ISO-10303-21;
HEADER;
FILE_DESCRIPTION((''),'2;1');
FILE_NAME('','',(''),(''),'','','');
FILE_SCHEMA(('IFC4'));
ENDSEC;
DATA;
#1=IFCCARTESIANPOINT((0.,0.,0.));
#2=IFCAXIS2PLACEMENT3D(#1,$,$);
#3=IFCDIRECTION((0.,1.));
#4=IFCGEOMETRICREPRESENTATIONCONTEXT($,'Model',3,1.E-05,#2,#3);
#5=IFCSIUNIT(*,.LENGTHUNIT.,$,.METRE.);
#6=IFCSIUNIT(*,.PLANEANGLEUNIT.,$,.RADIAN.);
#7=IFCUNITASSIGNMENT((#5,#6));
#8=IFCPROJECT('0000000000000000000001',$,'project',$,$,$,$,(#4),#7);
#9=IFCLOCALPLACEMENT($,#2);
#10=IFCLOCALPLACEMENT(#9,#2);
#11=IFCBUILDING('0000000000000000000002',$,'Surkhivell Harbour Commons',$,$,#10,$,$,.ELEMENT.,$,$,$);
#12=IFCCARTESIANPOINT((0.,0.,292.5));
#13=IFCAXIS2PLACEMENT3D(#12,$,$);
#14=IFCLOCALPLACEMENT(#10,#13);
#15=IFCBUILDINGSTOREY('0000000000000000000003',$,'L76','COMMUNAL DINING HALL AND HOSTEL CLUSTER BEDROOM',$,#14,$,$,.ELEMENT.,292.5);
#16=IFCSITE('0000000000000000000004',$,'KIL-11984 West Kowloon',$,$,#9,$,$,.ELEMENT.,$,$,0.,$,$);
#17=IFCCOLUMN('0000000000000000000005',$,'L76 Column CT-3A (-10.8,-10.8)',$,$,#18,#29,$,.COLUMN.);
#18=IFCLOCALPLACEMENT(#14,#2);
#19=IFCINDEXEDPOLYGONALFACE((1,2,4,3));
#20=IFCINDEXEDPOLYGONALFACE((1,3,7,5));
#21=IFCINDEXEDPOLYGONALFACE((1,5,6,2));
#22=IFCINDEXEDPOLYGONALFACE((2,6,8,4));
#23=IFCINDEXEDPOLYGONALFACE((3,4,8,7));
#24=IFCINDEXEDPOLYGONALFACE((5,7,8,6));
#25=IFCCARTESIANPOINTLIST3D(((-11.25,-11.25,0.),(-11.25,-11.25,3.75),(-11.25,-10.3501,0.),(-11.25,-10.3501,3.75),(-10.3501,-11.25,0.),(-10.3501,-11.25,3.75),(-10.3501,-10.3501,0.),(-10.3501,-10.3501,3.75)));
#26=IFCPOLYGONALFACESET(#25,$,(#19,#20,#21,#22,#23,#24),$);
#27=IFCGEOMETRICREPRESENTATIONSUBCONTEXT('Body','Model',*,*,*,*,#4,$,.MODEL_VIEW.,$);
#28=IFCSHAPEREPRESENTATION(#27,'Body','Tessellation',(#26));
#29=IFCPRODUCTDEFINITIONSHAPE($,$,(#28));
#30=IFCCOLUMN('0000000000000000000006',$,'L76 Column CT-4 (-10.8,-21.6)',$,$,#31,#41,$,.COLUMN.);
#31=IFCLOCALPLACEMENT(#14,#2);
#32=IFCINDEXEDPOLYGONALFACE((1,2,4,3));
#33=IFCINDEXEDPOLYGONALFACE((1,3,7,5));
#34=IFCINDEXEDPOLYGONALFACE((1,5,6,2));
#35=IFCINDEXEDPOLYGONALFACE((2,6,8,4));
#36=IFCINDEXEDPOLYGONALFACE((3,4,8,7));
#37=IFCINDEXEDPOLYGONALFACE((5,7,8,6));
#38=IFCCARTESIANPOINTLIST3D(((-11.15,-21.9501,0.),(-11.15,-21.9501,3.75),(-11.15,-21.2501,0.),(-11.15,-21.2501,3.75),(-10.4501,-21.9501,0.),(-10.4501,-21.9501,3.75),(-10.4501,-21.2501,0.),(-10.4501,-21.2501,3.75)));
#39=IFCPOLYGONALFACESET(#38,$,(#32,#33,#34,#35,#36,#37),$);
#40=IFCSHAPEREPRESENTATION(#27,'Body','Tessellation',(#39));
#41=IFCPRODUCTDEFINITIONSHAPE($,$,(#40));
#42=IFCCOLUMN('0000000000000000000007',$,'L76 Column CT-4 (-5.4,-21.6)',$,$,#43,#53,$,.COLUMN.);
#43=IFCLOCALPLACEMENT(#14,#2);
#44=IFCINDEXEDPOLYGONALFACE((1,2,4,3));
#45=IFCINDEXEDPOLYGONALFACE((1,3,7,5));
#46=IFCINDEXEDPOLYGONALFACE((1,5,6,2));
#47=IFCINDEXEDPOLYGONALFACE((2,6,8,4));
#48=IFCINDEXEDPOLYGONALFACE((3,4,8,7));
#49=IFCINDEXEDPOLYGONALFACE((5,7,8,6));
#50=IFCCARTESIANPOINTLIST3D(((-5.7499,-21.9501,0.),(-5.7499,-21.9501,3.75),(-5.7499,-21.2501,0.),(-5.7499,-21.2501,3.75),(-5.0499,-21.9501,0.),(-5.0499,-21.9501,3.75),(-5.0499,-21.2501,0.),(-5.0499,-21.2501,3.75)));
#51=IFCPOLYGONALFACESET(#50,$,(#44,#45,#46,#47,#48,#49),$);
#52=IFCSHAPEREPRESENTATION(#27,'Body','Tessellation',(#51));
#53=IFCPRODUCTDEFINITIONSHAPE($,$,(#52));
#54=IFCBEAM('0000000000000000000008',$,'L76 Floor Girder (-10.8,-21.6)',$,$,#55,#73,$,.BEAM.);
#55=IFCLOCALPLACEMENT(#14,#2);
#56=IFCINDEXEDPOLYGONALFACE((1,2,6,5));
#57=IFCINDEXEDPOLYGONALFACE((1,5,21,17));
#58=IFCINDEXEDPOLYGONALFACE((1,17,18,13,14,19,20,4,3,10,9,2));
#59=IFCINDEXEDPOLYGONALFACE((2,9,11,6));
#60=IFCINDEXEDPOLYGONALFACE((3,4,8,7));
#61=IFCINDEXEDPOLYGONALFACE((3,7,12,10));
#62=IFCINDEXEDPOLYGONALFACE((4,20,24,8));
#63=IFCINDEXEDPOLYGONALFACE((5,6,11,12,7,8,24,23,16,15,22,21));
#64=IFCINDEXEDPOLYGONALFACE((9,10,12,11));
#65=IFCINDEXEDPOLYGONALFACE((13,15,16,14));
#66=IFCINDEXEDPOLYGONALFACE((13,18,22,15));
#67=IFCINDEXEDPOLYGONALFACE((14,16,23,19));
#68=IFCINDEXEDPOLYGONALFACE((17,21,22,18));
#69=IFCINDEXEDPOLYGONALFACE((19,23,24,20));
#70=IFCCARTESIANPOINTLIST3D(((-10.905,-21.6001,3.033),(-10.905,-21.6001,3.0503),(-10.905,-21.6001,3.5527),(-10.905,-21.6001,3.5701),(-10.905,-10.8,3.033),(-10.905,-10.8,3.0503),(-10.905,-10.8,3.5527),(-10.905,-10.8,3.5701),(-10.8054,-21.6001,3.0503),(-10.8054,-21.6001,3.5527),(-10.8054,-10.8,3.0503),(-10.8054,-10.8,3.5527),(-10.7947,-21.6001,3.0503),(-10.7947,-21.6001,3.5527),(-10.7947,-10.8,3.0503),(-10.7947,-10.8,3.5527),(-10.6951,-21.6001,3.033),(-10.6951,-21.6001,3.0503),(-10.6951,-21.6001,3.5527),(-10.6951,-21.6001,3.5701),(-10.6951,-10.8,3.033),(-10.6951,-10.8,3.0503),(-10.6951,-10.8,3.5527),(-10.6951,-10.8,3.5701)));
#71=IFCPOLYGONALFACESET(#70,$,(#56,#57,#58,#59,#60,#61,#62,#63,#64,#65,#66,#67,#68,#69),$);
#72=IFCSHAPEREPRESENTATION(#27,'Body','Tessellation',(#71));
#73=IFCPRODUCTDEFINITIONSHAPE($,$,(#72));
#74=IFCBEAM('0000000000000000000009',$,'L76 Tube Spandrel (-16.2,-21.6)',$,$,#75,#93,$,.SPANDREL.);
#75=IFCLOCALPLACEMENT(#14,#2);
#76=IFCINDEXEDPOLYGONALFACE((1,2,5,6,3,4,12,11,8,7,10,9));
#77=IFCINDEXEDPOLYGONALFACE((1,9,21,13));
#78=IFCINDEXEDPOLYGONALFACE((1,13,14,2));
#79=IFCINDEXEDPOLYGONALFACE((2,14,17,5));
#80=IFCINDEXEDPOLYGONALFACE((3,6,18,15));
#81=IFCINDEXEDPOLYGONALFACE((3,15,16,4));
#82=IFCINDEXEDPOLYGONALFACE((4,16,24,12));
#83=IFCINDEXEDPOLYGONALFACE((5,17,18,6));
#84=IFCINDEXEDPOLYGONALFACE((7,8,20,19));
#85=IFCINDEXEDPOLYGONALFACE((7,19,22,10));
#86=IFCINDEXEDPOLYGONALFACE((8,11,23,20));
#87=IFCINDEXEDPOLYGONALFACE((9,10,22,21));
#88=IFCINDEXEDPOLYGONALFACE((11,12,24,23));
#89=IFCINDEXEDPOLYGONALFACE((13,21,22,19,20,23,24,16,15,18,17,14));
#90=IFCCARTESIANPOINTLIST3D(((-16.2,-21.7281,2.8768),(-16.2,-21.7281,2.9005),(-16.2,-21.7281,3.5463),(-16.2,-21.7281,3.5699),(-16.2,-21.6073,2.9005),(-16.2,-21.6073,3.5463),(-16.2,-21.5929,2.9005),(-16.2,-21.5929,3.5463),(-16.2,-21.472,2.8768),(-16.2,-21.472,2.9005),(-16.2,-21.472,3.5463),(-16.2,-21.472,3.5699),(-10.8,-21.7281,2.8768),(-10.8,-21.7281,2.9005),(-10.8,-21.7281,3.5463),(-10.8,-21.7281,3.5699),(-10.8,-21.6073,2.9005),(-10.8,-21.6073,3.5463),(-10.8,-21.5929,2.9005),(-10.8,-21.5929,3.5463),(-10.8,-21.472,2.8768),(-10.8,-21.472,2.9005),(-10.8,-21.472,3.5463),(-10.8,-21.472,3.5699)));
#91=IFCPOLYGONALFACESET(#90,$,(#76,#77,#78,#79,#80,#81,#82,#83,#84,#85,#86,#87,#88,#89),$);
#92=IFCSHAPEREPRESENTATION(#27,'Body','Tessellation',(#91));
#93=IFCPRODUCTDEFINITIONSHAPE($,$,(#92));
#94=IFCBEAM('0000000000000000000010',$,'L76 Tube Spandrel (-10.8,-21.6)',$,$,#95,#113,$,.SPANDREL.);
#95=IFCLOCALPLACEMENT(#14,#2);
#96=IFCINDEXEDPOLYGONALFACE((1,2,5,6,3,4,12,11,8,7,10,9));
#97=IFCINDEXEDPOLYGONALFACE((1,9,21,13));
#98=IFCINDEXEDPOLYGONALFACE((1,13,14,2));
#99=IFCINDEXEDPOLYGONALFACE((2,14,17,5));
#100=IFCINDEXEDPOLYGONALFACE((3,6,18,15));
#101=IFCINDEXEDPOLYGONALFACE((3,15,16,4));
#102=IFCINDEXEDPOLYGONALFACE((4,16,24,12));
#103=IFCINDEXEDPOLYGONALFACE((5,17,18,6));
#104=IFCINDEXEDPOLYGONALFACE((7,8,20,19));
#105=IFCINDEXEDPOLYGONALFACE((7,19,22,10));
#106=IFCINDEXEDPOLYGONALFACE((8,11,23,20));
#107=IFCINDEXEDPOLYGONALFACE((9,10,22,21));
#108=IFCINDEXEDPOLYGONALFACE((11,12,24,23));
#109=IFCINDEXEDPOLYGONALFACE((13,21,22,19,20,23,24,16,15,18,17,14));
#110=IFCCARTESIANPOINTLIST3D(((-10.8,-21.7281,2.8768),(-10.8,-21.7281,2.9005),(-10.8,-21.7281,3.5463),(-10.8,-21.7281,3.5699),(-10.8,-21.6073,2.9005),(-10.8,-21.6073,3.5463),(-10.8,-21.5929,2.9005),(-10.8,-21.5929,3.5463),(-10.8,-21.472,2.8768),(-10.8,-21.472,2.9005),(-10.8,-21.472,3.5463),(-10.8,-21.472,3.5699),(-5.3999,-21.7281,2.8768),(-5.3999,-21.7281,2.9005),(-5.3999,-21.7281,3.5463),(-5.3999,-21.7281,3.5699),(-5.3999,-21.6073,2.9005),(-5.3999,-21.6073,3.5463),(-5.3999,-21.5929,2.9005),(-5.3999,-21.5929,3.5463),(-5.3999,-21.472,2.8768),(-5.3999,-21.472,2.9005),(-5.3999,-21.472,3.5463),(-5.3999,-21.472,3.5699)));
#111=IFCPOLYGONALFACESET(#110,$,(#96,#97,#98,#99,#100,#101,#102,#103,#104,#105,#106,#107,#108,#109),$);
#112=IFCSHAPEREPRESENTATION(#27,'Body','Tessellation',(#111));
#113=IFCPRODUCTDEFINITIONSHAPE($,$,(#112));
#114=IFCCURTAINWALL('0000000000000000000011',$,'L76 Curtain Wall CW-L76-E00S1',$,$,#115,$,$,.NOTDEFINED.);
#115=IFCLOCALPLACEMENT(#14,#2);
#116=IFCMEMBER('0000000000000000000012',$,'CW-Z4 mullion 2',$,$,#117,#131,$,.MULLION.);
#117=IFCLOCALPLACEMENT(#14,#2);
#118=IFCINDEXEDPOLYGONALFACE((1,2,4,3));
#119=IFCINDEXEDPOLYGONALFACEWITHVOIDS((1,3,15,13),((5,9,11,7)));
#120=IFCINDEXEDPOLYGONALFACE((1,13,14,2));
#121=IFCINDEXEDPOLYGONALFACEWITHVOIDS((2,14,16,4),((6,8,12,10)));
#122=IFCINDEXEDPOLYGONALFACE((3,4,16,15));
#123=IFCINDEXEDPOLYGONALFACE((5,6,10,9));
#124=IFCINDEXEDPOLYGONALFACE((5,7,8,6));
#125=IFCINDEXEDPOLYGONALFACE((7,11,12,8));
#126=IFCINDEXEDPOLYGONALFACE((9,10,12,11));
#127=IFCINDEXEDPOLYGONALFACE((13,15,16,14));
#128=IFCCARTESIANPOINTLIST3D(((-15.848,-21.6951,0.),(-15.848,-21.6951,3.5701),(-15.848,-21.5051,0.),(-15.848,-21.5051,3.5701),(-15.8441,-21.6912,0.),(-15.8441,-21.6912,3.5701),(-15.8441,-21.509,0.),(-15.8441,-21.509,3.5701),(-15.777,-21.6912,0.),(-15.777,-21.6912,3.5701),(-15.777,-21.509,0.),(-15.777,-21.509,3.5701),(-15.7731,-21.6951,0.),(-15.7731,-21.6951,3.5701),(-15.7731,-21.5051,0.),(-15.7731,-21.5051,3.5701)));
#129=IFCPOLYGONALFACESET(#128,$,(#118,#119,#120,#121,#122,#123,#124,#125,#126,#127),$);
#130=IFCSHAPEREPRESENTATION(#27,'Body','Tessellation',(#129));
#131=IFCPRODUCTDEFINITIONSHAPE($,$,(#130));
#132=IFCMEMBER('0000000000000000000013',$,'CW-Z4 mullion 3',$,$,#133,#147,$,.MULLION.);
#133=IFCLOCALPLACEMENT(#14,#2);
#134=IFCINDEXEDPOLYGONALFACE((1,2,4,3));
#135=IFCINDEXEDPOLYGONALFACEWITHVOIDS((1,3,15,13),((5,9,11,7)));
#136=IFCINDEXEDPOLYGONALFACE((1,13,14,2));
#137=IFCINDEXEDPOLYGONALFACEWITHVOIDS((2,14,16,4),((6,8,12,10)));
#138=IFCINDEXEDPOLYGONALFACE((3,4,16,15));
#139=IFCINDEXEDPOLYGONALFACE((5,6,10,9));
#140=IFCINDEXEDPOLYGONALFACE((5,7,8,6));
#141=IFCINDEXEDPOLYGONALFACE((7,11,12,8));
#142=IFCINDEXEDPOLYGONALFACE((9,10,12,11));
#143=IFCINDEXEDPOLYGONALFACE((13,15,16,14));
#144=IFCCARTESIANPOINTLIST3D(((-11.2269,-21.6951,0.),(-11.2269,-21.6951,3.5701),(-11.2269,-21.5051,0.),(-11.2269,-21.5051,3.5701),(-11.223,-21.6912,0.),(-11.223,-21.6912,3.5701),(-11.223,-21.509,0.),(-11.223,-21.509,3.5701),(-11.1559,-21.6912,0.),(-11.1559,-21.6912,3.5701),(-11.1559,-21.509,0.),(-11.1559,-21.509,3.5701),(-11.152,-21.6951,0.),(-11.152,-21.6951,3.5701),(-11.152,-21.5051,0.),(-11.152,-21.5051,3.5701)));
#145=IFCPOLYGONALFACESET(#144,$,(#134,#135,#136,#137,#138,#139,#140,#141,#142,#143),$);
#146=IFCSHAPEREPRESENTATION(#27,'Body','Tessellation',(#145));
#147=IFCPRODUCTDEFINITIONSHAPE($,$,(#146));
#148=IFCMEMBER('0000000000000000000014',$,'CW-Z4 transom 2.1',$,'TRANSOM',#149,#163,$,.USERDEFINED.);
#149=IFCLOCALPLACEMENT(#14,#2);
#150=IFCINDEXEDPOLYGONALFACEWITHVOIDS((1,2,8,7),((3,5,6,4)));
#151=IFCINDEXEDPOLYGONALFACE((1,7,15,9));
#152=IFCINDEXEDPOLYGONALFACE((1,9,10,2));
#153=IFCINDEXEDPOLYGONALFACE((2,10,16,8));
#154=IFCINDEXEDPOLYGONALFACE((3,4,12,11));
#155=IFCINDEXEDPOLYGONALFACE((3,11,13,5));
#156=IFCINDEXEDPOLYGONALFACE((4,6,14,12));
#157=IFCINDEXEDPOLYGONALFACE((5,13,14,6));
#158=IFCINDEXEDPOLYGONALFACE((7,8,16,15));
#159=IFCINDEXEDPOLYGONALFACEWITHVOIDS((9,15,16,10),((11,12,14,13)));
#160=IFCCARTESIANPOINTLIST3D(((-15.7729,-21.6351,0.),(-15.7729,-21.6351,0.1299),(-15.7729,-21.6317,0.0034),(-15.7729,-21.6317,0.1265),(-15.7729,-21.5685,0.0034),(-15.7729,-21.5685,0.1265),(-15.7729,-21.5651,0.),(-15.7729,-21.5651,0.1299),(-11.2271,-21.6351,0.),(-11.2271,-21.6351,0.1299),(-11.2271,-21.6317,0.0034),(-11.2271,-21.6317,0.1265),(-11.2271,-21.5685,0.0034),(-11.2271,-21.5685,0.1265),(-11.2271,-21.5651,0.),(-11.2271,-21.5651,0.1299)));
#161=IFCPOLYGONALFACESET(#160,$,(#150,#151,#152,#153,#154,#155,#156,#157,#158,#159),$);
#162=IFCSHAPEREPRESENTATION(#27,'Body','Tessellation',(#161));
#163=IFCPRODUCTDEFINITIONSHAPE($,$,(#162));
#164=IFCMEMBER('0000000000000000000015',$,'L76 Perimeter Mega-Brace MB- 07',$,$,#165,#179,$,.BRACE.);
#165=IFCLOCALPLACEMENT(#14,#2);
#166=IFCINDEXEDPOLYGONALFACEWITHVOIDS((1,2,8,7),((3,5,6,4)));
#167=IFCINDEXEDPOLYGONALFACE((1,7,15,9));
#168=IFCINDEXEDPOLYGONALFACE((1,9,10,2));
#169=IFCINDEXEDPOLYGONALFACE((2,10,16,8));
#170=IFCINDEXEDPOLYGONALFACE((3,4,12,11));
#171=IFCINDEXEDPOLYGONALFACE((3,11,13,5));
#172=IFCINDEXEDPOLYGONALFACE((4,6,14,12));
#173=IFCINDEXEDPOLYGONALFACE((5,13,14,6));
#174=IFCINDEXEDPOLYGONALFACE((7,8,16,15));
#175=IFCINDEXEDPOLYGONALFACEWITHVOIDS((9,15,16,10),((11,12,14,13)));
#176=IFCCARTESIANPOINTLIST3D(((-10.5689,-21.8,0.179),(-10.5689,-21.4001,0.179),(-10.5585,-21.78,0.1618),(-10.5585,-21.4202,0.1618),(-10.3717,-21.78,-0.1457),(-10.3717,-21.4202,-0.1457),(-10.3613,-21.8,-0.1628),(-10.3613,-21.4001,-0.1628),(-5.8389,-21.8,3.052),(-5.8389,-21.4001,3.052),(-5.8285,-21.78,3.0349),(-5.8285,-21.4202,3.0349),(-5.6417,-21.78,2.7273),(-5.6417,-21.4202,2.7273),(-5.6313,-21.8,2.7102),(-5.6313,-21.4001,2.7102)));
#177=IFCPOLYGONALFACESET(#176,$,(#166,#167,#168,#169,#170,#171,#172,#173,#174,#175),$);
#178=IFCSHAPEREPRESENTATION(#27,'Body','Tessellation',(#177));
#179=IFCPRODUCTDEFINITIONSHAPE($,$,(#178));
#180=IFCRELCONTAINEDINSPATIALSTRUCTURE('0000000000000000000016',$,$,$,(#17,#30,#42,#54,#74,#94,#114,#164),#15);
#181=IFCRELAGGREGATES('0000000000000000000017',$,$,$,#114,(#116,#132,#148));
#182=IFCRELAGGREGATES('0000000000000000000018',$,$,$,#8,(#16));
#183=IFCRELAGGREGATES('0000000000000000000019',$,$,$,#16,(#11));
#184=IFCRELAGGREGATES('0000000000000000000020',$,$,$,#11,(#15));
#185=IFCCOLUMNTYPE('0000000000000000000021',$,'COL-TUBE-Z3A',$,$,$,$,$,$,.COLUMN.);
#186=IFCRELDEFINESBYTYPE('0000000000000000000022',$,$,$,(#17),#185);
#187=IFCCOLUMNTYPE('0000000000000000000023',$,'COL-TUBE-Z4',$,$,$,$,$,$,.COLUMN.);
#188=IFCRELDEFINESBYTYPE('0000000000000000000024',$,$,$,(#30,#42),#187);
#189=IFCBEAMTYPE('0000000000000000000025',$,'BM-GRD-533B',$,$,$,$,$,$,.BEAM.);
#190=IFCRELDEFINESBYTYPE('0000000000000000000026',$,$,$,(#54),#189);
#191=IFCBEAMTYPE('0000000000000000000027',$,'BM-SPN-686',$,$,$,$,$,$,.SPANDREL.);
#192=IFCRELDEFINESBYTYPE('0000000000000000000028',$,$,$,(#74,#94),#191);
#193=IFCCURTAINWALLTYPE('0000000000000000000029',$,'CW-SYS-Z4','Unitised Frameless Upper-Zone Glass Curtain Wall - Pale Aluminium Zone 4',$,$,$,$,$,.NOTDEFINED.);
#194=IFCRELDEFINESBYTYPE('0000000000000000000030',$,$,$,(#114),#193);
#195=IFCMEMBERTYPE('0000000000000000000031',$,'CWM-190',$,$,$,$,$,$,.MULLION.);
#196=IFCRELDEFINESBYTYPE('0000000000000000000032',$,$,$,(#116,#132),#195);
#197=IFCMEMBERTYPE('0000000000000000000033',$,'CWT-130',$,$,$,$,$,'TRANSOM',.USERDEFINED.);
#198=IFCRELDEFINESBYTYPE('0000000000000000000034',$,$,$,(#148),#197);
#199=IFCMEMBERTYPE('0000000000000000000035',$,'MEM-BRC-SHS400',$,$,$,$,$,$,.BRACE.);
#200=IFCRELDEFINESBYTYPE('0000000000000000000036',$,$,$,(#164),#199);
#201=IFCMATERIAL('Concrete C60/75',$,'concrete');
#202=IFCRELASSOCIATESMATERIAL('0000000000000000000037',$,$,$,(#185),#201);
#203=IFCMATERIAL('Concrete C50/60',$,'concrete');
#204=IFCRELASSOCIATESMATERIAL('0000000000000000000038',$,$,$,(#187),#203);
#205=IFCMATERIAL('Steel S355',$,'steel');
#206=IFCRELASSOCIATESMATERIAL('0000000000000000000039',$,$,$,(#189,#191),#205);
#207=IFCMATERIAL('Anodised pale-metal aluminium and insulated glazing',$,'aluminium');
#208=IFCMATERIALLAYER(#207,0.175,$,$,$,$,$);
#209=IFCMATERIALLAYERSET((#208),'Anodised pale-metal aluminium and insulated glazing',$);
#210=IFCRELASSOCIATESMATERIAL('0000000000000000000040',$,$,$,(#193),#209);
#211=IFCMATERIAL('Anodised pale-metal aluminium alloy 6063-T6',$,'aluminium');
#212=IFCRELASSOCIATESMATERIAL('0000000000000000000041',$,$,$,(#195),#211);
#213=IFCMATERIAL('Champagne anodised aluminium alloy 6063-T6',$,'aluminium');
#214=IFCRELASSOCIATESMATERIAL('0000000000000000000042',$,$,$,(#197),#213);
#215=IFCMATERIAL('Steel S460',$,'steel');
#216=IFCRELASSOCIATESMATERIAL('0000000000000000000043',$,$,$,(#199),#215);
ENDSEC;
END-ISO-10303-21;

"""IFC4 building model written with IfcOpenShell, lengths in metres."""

from ifc_helpers import new_model, si_unit, direction, frame, origin, origin_2d, place, context, subcontext, project, spatial, rectangle, hollow_rectangle, i_section, extrude, material, layer, layer_set, material_profile, profile_set, type_object, element, aggregate, save


model = new_model("IFC4")

# Units and contexts
model_context = context("Model", 3, precision=1e-05, world=origin(), true_north=direction((0.0, 1.0)))
body_context = subcontext(model_context, "Body", "Model", "MODEL_VIEW")
ifc_project = project(units=[si_unit("LENGTHUNIT", "METRE"), si_unit("PLANEANGLEUNIT", "RADIAN")], contexts=[model_context])

# Site, building, storey
site_placement = place(None, origin())
site = spatial("IfcSite", under=ifc_project, at=site_placement, Name="KIL-11984 West Kowloon", CompositionType="ELEMENT", RefElevation=0.0)
building_placement = place(site_placement, origin())
building = spatial("IfcBuilding", under=site, at=building_placement, Name="Surkhivell Harbour Commons", CompositionType="ELEMENT")
storey_placement = place(building_placement, frame((0.0, 0.0, 292.5)))
storey = spatial("IfcBuildingStorey", under=building, at=storey_placement, Name="L76", Description="COMMUNAL DINING HALL AND HOSTEL CLUSTER BEDROOM", CompositionType="ELEMENT", Elevation=292.5)

# Columns
ifc_material_1 = material(Name="Concrete C60/75", Category="concrete")
ifc_material_profile_1 = material_profile(ifc_material_1, rectangle(XDim=0.8999, YDim=0.8999, at=origin_2d()), Name="RC-COL-900x900")
ifc_profile_set_1 = profile_set([ifc_material_profile_1], Name="Concrete C60/75")
column_type_1 = type_object("IfcColumnType", Name="COL-TUBE-Z3A", PredefinedType="COLUMN", material=ifc_profile_set_1)
column_placement = place(storey_placement, frame((-10.8, -10.8, 0.0), z_axis=(0.0, 0.0, 1.0), x_axis=(1.0, 0.0, 0.0)))
element("IfcColumn", 1, at=column_placement, inside=storey, type_object=column_type_1, Name="L76 Column CT-3A (-10.8,-10.8)", PredefinedType="COLUMN", context=body_context, shape_type="SweptSolid", body=[
    extrude(rectangle(XDim=0.8999, YDim=0.8999, at=origin_2d()), origin(), (0.0, 0.0, 1.0), 3.75),
])
ifc_material_2 = material(Name="Concrete C50/60", Category="concrete")
ifc_material_profile_2 = material_profile(ifc_material_2, rectangle(XDim=0.7, YDim=0.7, at=origin_2d()), Name="RC-COL-700x700")
ifc_profile_set_2 = profile_set([ifc_material_profile_2], Name="Concrete C50/60")
column_type_2 = type_object("IfcColumnType", Name="COL-TUBE-Z4", PredefinedType="COLUMN", material=ifc_profile_set_2)
for number, where, z_axis, x_axis, name in (
    (2, (-10.8, -21.6001, 0.0), (0.0, 0.0, 1.0), (1.0, 0.0, 0.0), "L76 Column CT-4 (-10.8,-21.6)"),
    (3, (-5.3999, -21.6001, 0.0), (0.0, 0.0, 1.0), (1.0, 0.0, 0.0), "L76 Column CT-4 (-5.4,-21.6)"),
):
    element("IfcColumn", number, at=place(storey_placement, frame(where, z_axis=z_axis, x_axis=x_axis)), inside=storey, type_object=column_type_2, Name=name, PredefinedType="COLUMN", context=body_context, shape_type="SweptSolid", body=[
        extrude(rectangle(XDim=0.7, YDim=0.7, at=origin_2d()), origin(), (0.0, 0.0, 1.0), 3.75),
    ])

# Beams
ifc_material_3 = material(Name="Steel S355", Category="steel")
ifc_material_profile_3 = material_profile(ifc_material_3, i_section(OverallWidth=0.21, OverallDepth=0.5371, WebThickness=0.0107, FlangeThickness=0.0173, at=origin_2d()), Name="UB533x210x101")
ifc_profile_set_3 = profile_set([ifc_material_profile_3], Name="Steel S355")
beam_type_1 = type_object("IfcBeamType", Name="BM-GRD-533B", PredefinedType="BEAM", material=ifc_profile_set_3)
beam_1_placement = place(storey_placement, frame((-10.8, -21.6001, 3.3015), z_axis=(0.0, 1.0, 0.0), x_axis=(-1.0, 0.0, 0.0)))
element("IfcBeam", 4, at=beam_1_placement, inside=storey, type_object=beam_type_1, Name="L76 Floor Girder (-10.8,-21.6)", PredefinedType="BEAM", context=body_context, shape_type="SweptSolid", body=[
    extrude(i_section(OverallWidth=0.21, OverallDepth=0.5371, WebThickness=0.0107, FlangeThickness=0.0173, at=origin_2d()), origin(), (0.0, 0.0, 1.0), 10.8),
])
ifc_material_profile_4 = material_profile(ifc_material_3, i_section(OverallWidth=0.2561, OverallDepth=0.6931, WebThickness=0.0144, FlangeThickness=0.0237, at=origin_2d()), Name="UB686x254x170")
ifc_profile_set_4 = profile_set([ifc_material_profile_4], Name="Steel S355")
beam_type_2 = type_object("IfcBeamType", Name="BM-SPN-686", PredefinedType="SPANDREL", material=ifc_profile_set_4)
beam_2_placement = place(storey_placement, frame((-16.2, -21.6001, 3.2234), z_axis=(1.0, 0.0, 0.0), x_axis=(0.0, 1.0, 0.0)))
element("IfcBeam", 5, at=beam_2_placement, inside=storey, type_object=beam_type_2, Name="L76 Tube Spandrel (-16.2,-21.6)", PredefinedType="SPANDREL", context=body_context, shape_type="SweptSolid", body=[
    extrude(i_section(OverallWidth=0.2561, OverallDepth=0.6931, WebThickness=0.0144, FlangeThickness=0.0237, at=origin_2d()), origin(), (0.0, 0.0, 1.0), 5.3999),
])
beam_3_placement = place(storey_placement, frame((-10.8, -21.6001, 3.2234), z_axis=(1.0, 0.0, 0.0), x_axis=(0.0, 1.0, 0.0)))
element("IfcBeam", 6, at=beam_3_placement, inside=storey, type_object=beam_type_2, Name="L76 Tube Spandrel (-10.8,-21.6)", PredefinedType="SPANDREL", context=body_context, shape_type="SweptSolid", body=[
    extrude(i_section(OverallWidth=0.2561, OverallDepth=0.6931, WebThickness=0.0144, FlangeThickness=0.0237, at=origin_2d()), origin(), (0.0, 0.0, 1.0), 5.4001),
])

# Curtain wall, members
ifc_material_4 = material(Name="Anodised pale-metal aluminium and insulated glazing", Category="aluminium")
ifc_layer_1 = layer(ifc_material_4, 0.175)
ifc_layer_set_1 = layer_set([ifc_layer_1], Name="Anodised pale-metal aluminium and insulated glazing")
curtain_wall_type = type_object("IfcCurtainWallType", Name="CW-SYS-Z4", Description="Unitised Frameless Upper-Zone Glass Curtain Wall - Pale Aluminium Zone 4", PredefinedType="NOTDEFINED", material=ifc_layer_set_1)
curtain_wall_placement = place(storey_placement, origin())
curtain_wall = element("IfcCurtainWall", 7, at=curtain_wall_placement, inside=storey, type_object=curtain_wall_type, Name="L76 Curtain Wall CW-L76-E00S1", PredefinedType="NOTDEFINED")
ifc_material_5 = material(Name="Anodised pale-metal aluminium alloy 6063-T6", Category="aluminium")
ifc_material_profile_5 = material_profile(ifc_material_5, hollow_rectangle(XDim=0.075, YDim=0.1899, WallThickness=0.0039, at=origin_2d()), Name="ALU-MULL-75x190")
ifc_profile_set_5 = profile_set([ifc_material_profile_5], Name="Anodised pale-metal aluminium alloy 6063-T6")
member_type_1 = type_object("IfcMemberType", Name="CWM-190", PredefinedType="MULLION", material=ifc_profile_set_5)
member_1_placement = place(storey_placement, frame((-15.8105, -21.6001, 0.0), z_axis=(0.0, 0.0, 1.0), x_axis=(1.0, 0.0, 0.0)))
member_1 = element("IfcMember", 8, at=member_1_placement, type_object=member_type_1, Name="CW-Z4 mullion 2", PredefinedType="MULLION", context=body_context, shape_type="SweptSolid", body=[
    extrude(hollow_rectangle(XDim=0.075, YDim=0.1899, WallThickness=0.0039, at=origin_2d()), origin(), (0.0, 0.0, 1.0), 3.5701),
])
member_2_placement = place(storey_placement, frame((-11.1895, -21.6001, 0.0), z_axis=(0.0, 0.0, 1.0), x_axis=(1.0, 0.0, 0.0)))
member_2 = element("IfcMember", 9, at=member_2_placement, type_object=member_type_1, Name="CW-Z4 mullion 3", PredefinedType="MULLION", context=body_context, shape_type="SweptSolid", body=[
    extrude(hollow_rectangle(XDim=0.075, YDim=0.1899, WallThickness=0.0039, at=origin_2d()), origin(), (0.0, 0.0, 1.0), 3.5701),
])
ifc_material_6 = material(Name="Champagne anodised aluminium alloy 6063-T6", Category="aluminium")
ifc_material_profile_6 = material_profile(ifc_material_6, hollow_rectangle(XDim=0.0701, YDim=0.1299, WallThickness=0.0034, at=origin_2d()), Name="ALU-TRAN-70x130")
ifc_profile_set_6 = profile_set([ifc_material_profile_6], Name="Champagne anodised aluminium alloy 6063-T6")
member_type_2 = type_object("IfcMemberType", Name="CWT-130", ElementType="TRANSOM", PredefinedType="USERDEFINED", material=ifc_profile_set_6)
member_3_placement = place(storey_placement, frame((-15.7729, -21.6001, 0.0649), z_axis=(1.0, 0.0, 0.0), x_axis=(0.0, 1.0, 0.0)))
member_3 = element("IfcMember", 10, at=member_3_placement, type_object=member_type_2, Name="CW-Z4 transom 2.1", ObjectType="TRANSOM", PredefinedType="USERDEFINED", context=body_context, shape_type="SweptSolid", body=[
    extrude(hollow_rectangle(XDim=0.0701, YDim=0.1299, WallThickness=0.0034, at=origin_2d()), origin(), (0.0, 0.0, 1.0), 4.5459),
])

# Member
ifc_material_7 = material(Name="Steel S460", Category="steel")
ifc_material_profile_7 = material_profile(ifc_material_7, hollow_rectangle(XDim=0.3999, YDim=0.3999, WallThickness=0.02, at=origin_2d()), Name="SHS400x400x20")
ifc_profile_set_7 = profile_set([ifc_material_profile_7], Name="Steel S460")
member_type_3 = type_object("IfcMemberType", Name="MEM-BRC-SHS400", PredefinedType="BRACE", material=ifc_profile_set_7)
member_4_placement = place(storey_placement, frame((-10.4651, -21.6001, 0.0081), z_axis=(0.854685, 0.0, 0.519146), x_axis=(0.0, 1.0, 0.0)))
element("IfcMember", 11, at=member_4_placement, inside=storey, type_object=member_type_3, Name="L76 Perimeter Mega-Brace MB- 07", PredefinedType="BRACE", context=body_context, shape_type="SweptSolid", body=[
    extrude(hollow_rectangle(XDim=0.3999, YDim=0.3999, WallThickness=0.02, at=origin_2d()), origin(), (0.0, 0.0, 1.0), 5.5342),
])

aggregate(curtain_wall, [member_1, member_2, member_3])

save(model, "model.ifc")
